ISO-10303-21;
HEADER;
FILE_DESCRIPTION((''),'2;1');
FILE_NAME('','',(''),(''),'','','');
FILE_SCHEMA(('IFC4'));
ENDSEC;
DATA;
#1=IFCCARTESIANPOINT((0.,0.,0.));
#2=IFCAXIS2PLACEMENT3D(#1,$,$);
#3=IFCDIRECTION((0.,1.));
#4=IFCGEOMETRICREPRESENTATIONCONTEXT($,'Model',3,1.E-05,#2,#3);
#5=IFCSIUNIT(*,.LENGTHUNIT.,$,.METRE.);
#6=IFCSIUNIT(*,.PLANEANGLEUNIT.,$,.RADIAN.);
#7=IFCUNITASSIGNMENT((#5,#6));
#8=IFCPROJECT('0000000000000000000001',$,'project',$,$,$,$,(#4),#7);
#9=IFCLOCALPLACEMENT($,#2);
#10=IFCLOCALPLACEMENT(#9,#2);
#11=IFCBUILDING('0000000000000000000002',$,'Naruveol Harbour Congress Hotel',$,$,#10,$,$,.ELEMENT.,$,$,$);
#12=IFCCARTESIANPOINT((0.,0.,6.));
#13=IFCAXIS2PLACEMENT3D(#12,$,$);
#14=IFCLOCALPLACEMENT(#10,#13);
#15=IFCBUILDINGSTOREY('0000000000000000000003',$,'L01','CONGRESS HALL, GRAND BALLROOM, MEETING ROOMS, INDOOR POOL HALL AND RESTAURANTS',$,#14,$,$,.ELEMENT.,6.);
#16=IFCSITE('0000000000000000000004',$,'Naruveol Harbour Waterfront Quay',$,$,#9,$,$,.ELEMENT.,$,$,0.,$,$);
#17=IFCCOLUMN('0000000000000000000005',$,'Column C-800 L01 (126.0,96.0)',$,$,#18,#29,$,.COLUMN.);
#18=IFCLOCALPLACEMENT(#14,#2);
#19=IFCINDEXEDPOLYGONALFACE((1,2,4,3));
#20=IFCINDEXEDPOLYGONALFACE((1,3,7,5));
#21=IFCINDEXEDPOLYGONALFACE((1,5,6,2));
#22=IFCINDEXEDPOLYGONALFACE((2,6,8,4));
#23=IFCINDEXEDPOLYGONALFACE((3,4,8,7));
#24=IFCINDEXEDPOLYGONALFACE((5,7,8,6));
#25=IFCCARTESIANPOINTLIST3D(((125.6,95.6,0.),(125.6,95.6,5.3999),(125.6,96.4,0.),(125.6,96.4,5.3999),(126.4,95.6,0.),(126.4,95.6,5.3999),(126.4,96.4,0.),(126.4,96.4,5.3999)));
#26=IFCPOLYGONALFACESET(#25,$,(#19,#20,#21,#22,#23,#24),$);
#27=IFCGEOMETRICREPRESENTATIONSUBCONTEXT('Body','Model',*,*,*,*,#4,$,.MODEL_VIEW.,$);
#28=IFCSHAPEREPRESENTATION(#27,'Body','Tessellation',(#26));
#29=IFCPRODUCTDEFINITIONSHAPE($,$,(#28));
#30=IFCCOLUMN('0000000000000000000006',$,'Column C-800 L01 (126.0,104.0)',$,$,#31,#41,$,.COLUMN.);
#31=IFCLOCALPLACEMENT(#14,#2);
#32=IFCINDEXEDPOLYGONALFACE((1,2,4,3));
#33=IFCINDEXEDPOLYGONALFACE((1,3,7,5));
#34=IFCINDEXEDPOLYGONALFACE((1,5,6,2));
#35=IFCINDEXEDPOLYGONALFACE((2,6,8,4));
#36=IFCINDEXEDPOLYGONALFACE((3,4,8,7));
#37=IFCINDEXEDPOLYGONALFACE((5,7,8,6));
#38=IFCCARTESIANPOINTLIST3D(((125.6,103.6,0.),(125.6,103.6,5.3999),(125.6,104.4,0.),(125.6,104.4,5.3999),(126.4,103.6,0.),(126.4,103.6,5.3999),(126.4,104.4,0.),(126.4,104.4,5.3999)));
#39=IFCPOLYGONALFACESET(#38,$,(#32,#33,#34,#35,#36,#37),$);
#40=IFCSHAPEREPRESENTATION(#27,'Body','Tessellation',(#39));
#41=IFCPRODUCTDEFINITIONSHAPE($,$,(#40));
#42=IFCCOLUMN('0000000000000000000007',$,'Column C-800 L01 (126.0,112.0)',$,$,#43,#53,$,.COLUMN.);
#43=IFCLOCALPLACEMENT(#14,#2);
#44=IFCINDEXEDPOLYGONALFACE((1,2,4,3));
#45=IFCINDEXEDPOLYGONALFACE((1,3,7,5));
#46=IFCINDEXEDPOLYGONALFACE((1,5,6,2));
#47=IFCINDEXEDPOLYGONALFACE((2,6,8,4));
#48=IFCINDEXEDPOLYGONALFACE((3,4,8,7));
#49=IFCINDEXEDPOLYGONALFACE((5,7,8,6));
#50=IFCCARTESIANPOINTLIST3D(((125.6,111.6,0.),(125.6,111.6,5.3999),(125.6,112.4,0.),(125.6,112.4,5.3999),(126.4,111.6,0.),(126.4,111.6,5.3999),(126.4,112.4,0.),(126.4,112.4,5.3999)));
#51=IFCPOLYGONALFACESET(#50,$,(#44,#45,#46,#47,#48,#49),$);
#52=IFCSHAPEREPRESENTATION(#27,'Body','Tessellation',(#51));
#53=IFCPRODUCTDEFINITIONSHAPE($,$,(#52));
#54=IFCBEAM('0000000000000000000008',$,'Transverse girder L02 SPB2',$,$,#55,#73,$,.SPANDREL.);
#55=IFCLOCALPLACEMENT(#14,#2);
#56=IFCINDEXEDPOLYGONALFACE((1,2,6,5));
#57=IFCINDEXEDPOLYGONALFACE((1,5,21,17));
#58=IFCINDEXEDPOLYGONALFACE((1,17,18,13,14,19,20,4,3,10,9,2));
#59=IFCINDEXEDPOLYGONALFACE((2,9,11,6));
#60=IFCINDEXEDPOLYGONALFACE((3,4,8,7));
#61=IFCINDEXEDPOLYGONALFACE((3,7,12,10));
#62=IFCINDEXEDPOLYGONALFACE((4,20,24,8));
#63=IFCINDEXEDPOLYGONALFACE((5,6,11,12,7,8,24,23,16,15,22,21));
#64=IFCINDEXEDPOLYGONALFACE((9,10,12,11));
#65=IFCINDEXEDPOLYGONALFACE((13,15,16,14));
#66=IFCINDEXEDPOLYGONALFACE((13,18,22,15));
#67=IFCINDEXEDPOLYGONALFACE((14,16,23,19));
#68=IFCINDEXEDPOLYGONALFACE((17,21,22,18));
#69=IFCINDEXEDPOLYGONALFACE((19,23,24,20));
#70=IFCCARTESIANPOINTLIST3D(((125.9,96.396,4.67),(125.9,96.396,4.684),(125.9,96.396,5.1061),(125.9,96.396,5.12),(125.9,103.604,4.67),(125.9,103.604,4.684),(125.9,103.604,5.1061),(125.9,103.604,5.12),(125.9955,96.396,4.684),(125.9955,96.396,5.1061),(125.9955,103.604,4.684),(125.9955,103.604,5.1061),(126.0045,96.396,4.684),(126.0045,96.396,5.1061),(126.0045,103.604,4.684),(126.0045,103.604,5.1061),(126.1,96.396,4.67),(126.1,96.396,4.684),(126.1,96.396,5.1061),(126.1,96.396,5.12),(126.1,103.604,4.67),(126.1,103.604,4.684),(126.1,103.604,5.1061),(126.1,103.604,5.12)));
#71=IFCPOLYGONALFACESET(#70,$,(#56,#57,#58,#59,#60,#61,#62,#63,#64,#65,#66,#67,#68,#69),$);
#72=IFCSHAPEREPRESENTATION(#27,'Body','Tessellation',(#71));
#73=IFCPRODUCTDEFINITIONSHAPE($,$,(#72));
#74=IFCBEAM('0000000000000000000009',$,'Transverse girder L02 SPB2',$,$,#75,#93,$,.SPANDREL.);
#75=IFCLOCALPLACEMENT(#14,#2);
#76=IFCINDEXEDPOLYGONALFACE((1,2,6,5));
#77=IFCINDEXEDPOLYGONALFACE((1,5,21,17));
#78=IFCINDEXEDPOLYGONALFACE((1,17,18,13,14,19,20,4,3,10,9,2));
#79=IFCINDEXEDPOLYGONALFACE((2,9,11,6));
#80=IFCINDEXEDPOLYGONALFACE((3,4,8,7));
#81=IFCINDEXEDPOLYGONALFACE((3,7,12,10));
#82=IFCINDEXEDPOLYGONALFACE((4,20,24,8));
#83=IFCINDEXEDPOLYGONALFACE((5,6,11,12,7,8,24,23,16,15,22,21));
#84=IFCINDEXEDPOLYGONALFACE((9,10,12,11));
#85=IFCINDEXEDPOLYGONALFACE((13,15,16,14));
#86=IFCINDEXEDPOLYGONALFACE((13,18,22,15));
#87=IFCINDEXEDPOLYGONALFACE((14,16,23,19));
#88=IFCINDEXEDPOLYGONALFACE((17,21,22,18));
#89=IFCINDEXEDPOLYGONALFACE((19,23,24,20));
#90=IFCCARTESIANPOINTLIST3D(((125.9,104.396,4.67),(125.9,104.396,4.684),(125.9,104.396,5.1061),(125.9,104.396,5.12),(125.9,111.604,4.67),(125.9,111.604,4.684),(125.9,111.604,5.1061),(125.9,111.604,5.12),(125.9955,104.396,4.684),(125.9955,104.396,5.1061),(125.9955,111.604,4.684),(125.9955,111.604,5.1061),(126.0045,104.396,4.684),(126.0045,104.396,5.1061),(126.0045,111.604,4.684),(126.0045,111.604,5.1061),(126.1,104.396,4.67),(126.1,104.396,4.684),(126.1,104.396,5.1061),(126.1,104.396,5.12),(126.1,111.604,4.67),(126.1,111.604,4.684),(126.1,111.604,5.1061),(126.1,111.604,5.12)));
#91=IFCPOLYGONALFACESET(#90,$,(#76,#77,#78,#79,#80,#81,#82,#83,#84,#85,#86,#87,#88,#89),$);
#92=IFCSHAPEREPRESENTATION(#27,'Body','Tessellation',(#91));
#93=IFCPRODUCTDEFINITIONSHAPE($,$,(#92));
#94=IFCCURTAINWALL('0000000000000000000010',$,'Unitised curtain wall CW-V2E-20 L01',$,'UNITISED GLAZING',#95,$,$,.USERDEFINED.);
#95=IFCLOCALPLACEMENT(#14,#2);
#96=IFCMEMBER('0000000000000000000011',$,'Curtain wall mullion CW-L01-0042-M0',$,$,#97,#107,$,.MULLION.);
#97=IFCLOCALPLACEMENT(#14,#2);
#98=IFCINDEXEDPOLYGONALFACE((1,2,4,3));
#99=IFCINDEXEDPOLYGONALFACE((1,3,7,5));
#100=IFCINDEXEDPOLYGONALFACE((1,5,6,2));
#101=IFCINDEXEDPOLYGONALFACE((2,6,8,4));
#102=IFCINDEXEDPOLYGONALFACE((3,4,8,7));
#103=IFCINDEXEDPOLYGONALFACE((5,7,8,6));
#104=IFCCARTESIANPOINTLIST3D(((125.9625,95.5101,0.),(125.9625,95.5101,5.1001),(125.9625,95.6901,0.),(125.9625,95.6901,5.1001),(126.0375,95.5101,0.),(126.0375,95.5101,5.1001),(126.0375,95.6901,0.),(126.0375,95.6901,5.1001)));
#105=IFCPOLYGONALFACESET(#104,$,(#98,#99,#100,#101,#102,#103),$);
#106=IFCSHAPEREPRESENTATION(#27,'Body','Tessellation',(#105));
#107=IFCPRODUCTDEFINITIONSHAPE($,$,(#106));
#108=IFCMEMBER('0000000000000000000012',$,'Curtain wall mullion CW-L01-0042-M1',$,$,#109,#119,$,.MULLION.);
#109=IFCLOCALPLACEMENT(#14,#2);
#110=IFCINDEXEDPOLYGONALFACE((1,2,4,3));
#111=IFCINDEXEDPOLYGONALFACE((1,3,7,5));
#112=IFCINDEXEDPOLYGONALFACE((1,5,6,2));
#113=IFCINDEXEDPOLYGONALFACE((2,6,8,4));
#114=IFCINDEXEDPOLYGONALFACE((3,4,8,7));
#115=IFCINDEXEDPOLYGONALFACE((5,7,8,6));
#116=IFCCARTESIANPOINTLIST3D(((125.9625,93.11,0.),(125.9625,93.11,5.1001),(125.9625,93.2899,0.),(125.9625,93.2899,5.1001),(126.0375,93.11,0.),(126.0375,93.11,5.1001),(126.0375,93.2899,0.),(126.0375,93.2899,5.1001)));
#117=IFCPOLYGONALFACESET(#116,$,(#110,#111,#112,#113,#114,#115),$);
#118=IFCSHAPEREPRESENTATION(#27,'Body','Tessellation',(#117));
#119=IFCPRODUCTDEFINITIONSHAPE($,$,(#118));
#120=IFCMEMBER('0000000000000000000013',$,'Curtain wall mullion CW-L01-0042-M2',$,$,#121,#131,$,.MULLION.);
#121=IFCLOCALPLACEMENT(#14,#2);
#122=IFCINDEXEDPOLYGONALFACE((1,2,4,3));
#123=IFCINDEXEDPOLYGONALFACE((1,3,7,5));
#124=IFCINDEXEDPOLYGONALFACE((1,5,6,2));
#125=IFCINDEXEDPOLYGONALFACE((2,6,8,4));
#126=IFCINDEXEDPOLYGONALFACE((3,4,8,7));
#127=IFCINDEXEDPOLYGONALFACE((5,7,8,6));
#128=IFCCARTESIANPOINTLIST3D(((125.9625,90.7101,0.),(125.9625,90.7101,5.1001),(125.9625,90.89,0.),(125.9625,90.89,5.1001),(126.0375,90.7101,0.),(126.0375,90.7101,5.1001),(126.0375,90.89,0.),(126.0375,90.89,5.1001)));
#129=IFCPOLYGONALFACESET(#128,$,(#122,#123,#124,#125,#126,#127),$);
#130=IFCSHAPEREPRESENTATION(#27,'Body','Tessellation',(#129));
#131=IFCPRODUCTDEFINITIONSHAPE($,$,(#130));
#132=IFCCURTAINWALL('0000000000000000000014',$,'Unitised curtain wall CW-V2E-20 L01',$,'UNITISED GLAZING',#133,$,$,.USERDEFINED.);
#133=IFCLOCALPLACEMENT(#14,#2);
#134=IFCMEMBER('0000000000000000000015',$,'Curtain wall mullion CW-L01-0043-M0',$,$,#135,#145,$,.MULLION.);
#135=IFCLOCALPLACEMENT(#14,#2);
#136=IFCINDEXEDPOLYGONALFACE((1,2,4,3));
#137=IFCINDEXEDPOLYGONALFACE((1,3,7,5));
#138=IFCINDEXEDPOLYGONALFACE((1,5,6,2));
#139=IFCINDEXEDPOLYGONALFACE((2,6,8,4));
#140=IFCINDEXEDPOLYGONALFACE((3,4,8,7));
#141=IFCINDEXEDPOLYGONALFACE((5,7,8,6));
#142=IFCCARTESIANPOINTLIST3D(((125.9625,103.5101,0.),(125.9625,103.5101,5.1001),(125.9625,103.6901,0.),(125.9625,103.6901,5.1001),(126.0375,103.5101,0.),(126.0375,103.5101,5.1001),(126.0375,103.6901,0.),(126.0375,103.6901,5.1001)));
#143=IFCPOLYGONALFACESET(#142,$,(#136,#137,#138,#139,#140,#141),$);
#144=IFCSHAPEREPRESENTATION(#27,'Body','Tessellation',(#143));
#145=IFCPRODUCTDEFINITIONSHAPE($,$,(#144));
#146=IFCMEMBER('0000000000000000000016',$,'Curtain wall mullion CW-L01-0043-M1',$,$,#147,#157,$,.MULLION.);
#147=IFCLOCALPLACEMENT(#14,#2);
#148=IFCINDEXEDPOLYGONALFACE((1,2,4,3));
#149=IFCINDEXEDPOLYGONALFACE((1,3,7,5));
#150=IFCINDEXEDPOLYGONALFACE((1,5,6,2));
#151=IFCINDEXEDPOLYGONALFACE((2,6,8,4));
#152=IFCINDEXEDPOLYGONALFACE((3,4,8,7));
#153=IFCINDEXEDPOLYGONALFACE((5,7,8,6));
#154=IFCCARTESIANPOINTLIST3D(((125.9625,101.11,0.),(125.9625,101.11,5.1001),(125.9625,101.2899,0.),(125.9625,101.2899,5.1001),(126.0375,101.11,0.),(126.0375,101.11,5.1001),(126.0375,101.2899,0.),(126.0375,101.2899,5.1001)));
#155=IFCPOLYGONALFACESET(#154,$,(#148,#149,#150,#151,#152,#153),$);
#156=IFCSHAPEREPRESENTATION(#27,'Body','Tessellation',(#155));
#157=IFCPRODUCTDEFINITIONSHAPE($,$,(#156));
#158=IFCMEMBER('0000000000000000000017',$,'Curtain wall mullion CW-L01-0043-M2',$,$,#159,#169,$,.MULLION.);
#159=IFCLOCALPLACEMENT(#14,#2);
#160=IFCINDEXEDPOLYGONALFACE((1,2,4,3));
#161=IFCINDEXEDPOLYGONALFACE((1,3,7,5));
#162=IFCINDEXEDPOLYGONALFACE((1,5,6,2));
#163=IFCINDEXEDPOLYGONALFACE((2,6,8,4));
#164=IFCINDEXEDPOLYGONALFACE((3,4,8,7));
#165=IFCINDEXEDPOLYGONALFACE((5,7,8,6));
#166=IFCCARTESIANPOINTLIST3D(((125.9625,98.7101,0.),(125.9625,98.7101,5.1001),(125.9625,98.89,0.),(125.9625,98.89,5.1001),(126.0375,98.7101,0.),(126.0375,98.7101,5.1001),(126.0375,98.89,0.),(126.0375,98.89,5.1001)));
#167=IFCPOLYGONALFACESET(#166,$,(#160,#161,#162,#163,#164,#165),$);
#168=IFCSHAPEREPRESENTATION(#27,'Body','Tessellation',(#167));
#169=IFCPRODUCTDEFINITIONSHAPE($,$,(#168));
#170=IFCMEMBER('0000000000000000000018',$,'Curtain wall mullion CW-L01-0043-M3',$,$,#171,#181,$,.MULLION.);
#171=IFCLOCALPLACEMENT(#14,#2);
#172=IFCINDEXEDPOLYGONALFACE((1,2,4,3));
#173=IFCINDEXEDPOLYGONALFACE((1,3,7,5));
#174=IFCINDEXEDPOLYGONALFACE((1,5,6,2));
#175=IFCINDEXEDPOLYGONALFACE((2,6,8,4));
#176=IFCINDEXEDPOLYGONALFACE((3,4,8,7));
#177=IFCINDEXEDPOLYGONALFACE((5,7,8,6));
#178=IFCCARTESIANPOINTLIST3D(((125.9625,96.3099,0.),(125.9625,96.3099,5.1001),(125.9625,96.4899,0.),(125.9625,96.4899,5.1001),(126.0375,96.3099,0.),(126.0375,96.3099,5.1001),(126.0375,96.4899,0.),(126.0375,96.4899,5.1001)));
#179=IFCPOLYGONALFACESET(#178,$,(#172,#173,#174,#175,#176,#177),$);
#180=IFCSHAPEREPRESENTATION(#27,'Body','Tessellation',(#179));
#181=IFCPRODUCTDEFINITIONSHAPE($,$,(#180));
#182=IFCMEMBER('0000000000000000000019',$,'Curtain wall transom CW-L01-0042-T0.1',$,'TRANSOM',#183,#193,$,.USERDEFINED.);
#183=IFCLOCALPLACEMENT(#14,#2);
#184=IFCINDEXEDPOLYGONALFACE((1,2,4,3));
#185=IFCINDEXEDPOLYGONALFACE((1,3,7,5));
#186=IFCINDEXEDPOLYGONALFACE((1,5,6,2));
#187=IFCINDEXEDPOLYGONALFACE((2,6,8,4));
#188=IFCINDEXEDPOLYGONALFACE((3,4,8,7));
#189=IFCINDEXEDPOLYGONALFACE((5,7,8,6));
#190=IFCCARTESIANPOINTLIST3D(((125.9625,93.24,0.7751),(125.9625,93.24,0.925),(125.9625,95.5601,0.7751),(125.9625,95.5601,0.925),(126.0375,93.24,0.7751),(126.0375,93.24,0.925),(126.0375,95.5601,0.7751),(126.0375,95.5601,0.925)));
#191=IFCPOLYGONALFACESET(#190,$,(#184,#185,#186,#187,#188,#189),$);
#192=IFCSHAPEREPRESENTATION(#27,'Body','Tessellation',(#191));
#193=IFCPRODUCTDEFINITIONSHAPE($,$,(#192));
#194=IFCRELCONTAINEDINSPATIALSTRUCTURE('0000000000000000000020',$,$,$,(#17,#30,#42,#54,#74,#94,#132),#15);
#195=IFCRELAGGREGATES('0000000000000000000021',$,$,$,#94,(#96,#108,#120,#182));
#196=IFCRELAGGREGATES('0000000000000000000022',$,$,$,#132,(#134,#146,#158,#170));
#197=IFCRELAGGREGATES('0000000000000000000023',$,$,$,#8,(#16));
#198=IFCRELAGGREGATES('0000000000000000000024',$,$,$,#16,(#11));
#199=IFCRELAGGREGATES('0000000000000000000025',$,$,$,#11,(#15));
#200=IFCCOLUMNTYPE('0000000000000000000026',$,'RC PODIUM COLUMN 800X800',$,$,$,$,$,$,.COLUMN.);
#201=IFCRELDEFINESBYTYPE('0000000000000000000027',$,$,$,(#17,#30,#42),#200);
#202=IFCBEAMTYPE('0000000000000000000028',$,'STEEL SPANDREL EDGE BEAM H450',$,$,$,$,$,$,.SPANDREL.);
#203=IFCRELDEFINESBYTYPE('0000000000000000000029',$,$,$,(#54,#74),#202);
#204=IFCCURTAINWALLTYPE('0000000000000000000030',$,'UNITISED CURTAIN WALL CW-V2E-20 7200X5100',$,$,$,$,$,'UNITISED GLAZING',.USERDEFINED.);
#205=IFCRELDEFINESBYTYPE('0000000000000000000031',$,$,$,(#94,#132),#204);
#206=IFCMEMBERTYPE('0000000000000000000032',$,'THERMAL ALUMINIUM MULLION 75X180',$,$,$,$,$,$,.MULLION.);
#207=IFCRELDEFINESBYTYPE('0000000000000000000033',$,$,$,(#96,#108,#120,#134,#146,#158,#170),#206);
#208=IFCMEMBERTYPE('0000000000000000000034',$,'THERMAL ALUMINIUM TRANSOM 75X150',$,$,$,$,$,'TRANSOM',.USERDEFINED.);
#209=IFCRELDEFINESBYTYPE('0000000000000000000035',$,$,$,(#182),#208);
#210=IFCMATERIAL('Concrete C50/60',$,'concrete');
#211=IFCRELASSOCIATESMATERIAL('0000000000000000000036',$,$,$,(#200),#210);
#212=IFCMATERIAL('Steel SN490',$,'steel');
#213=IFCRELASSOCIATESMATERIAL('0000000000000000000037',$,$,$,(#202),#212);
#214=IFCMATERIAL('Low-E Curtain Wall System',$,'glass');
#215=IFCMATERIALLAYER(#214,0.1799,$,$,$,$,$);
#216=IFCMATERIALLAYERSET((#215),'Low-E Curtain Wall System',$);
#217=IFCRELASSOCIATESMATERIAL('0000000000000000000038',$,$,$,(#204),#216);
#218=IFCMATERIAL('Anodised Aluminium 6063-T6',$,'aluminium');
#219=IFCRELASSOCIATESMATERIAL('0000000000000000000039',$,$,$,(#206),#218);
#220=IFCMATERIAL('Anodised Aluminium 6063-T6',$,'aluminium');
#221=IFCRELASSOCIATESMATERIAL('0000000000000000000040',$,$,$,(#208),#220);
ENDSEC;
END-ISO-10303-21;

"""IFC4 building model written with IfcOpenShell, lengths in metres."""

from ifc_helpers import new_model, si_unit, direction, frame, origin, origin_2d, place, context, subcontext, project, spatial, rectangle, i_section, extrude, material, layer, layer_set, material_profile, profile_set, type_object, element, aggregate, save


model = new_model("IFC4")

# Units and contexts
model_context = context("Model", 3, precision=1e-05, world=origin(), true_north=direction((0.0, 1.0)))
body_context = subcontext(model_context, "Body", "Model", "MODEL_VIEW")
ifc_project = project(units=[si_unit("LENGTHUNIT", "METRE"), si_unit("PLANEANGLEUNIT", "RADIAN")], contexts=[model_context])

# Site, building, storey
site_placement = place(None, origin())
site = spatial("IfcSite", under=ifc_project, at=site_placement, Name="Naruveol Harbour Waterfront Quay", CompositionType="ELEMENT", RefElevation=0.0)
building_placement = place(site_placement, origin())
building = spatial("IfcBuilding", under=site, at=building_placement, Name="Naruveol Harbour Congress Hotel", CompositionType="ELEMENT")
storey_placement = place(building_placement, frame((0.0, 0.0, 6.0)))
storey = spatial("IfcBuildingStorey", under=building, at=storey_placement, Name="L01", Description="CONGRESS HALL, GRAND BALLROOM, MEETING ROOMS, INDOOR POOL HALL AND RESTAURANTS", CompositionType="ELEMENT", Elevation=6.0)

# Columns
ifc_material_1 = material(Name="Concrete C50/60", Category="concrete")
ifc_material_profile_1 = material_profile(ifc_material_1, rectangle(XDim=0.8, YDim=0.8, at=origin_2d()), Name="RC-800x800")
ifc_profile_set_1 = profile_set([ifc_material_profile_1], Name="Concrete C50/60")
column_type = type_object("IfcColumnType", Name="RC PODIUM COLUMN 800X800", PredefinedType="COLUMN", material=ifc_profile_set_1)
for number, where, z_axis, x_axis, name in (
    (1, (126.0, 96.0, 0.0), (0.0, 0.0, 1.0), (1.0, 0.0, 0.0), "Column C-800 L01 (126.0,96.0)"),
    (2, (126.0, 104.0, 0.0), (0.0, 0.0, 1.0), (1.0, 0.0, 0.0), "Column C-800 L01 (126.0,104.0)"),
    (3, (126.0, 112.0, 0.0), (0.0, 0.0, 1.0), (1.0, 0.0, 0.0), "Column C-800 L01 (126.0,112.0)"),
):
    element("IfcColumn", number, at=place(storey_placement, frame(where, z_axis=z_axis, x_axis=x_axis)), inside=storey, type_object=column_type, Name=name, PredefinedType="COLUMN", context=body_context, shape_type="SweptSolid", body=[
        extrude(rectangle(XDim=0.8, YDim=0.8, at=origin_2d()), origin(), (0.0, 0.0, 1.0), 5.3999),
    ])

# Beams
ifc_material_2 = material(Name="Steel SN490", Category="steel")
ifc_material_profile_2 = material_profile(ifc_material_2, i_section(OverallWidth=0.2, OverallDepth=0.45, WebThickness=0.009, FlangeThickness=0.0139, at=origin_2d()), Name="H-450x200x9x14")
ifc_profile_set_2 = profile_set([ifc_material_profile_2], Name="Steel SN490")
beam_type = type_object("IfcBeamType", Name="STEEL SPANDREL EDGE BEAM H450", PredefinedType="SPANDREL", material=ifc_profile_set_2)
for number, where, z_axis, x_axis, name in (
    (4, (126.0, 96.396, 4.895), (0.0, 1.0, 0.0), (-1.0, 0.0, 0.0), "Transverse girder L02 SPB2"),
    (5, (126.0, 104.396, 4.895), (0.0, 1.0, 0.0), (-1.0, 0.0, 0.0), "Transverse girder L02 SPB2"),
):
    element("IfcBeam", number, at=place(storey_placement, frame(where, z_axis=z_axis, x_axis=x_axis)), inside=storey, type_object=beam_type, Name=name, PredefinedType="SPANDREL", context=body_context, shape_type="SweptSolid", body=[
        extrude(i_section(OverallWidth=0.2, OverallDepth=0.45, WebThickness=0.009, FlangeThickness=0.0139, at=origin_2d()), origin(), (0.0, 0.0, 1.0), 7.208),
    ])

# Curtain walls, members
ifc_material_3 = material(Name="Low-E Curtain Wall System", Category="glass")
ifc_layer_1 = layer(ifc_material_3, 0.1799)
ifc_layer_set_1 = layer_set([ifc_layer_1], Name="Low-E Curtain Wall System")
curtain_wall_type = type_object("IfcCurtainWallType", Name="UNITISED CURTAIN WALL CW-V2E-20 7200X5100", ElementType="UNITISED GLAZING", PredefinedType="USERDEFINED", material=ifc_layer_set_1)
curtain_wall_1_placement = place(storey_placement, origin())
curtain_wall_1 = element("IfcCurtainWall", 6, at=curtain_wall_1_placement, inside=storey, type_object=curtain_wall_type, Name="Unitised curtain wall CW-V2E-20 L01", ObjectType="UNITISED GLAZING", PredefinedType="USERDEFINED")
ifc_material_4 = material(Name="Anodised Aluminium 6063-T6", Category="aluminium")
ifc_material_profile_3 = material_profile(ifc_material_4, rectangle(XDim=0.075, YDim=0.1799, at=origin_2d()), Name="ALU-75x180")
ifc_profile_set_3 = profile_set([ifc_material_profile_3], Name="Anodised Aluminium 6063-T6")
member_type_1 = type_object("IfcMemberType", Name="THERMAL ALUMINIUM MULLION 75X180", PredefinedType="MULLION", material=ifc_profile_set_3)
member_1_placement = place(storey_placement, frame((126.0, 95.6001, 0.0), z_axis=(0.0, 0.0, 1.0), x_axis=(1.0, 0.0, 0.0)))
member_1 = element("IfcMember", 7, at=member_1_placement, type_object=member_type_1, Name="Curtain wall mullion CW-L01-0042-M0", PredefinedType="MULLION", context=body_context, shape_type="SweptSolid", body=[
    extrude(rectangle(XDim=0.075, YDim=0.1799, at=origin_2d()), origin(), (0.0, 0.0, 1.0), 5.1001),
])
member_2_placement = place(storey_placement, frame((126.0, 93.2, 0.0), z_axis=(0.0, 0.0, 1.0), x_axis=(1.0, 0.0, 0.0)))
member_2 = element("IfcMember", 8, at=member_2_placement, type_object=member_type_1, Name="Curtain wall mullion CW-L01-0042-M1", PredefinedType="MULLION", context=body_context, shape_type="SweptSolid", body=[
    extrude(rectangle(XDim=0.075, YDim=0.1799, at=origin_2d()), origin(), (0.0, 0.0, 1.0), 5.1001),
])
member_3_placement = place(storey_placement, frame((126.0, 90.8, 0.0), z_axis=(0.0, 0.0, 1.0), x_axis=(1.0, 0.0, 0.0)))
member_3 = element("IfcMember", 9, at=member_3_placement, type_object=member_type_1, Name="Curtain wall mullion CW-L01-0042-M2", PredefinedType="MULLION", context=body_context, shape_type="SweptSolid", body=[
    extrude(rectangle(XDim=0.075, YDim=0.1799, at=origin_2d()), origin(), (0.0, 0.0, 1.0), 5.1001),
])
curtain_wall_2_placement = place(storey_placement, origin())
curtain_wall_2 = element("IfcCurtainWall", 10, at=curtain_wall_2_placement, inside=storey, type_object=curtain_wall_type, Name="Unitised curtain wall CW-V2E-20 L01", ObjectType="UNITISED GLAZING", PredefinedType="USERDEFINED")
member_4_placement = place(storey_placement, frame((126.0, 103.6001, 0.0), z_axis=(0.0, 0.0, 1.0), x_axis=(1.0, 0.0, 0.0)))
member_4 = element("IfcMember", 11, at=member_4_placement, type_object=member_type_1, Name="Curtain wall mullion CW-L01-0043-M0", PredefinedType="MULLION", context=body_context, shape_type="SweptSolid", body=[
    extrude(rectangle(XDim=0.075, YDim=0.1799, at=origin_2d()), origin(), (0.0, 0.0, 1.0), 5.1001),
])
member_5_placement = place(storey_placement, frame((126.0, 101.2, 0.0), z_axis=(0.0, 0.0, 1.0), x_axis=(1.0, 0.0, 0.0)))
member_5 = element("IfcMember", 12, at=member_5_placement, type_object=member_type_1, Name="Curtain wall mullion CW-L01-0043-M1", PredefinedType="MULLION", context=body_context, shape_type="SweptSolid", body=[
    extrude(rectangle(XDim=0.075, YDim=0.1799, at=origin_2d()), origin(), (0.0, 0.0, 1.0), 5.1001),
])
member_6_placement = place(storey_placement, frame((126.0, 98.8, 0.0), z_axis=(0.0, 0.0, 1.0), x_axis=(1.0, 0.0, 0.0)))
member_6 = element("IfcMember", 13, at=member_6_placement, type_object=member_type_1, Name="Curtain wall mullion CW-L01-0043-M2", PredefinedType="MULLION", context=body_context, shape_type="SweptSolid", body=[
    extrude(rectangle(XDim=0.075, YDim=0.1799, at=origin_2d()), origin(), (0.0, 0.0, 1.0), 5.1001),
])
member_7_placement = place(storey_placement, frame((126.0, 96.3999, 0.0), z_axis=(0.0, 0.0, 1.0), x_axis=(1.0, 0.0, 0.0)))
member_7 = element("IfcMember", 14, at=member_7_placement, type_object=member_type_1, Name="Curtain wall mullion CW-L01-0043-M3", PredefinedType="MULLION", context=body_context, shape_type="SweptSolid", body=[
    extrude(rectangle(XDim=0.075, YDim=0.1799, at=origin_2d()), origin(), (0.0, 0.0, 1.0), 5.1001),
])

# Member
ifc_material_5 = material(Name="Anodised Aluminium 6063-T6", Category="aluminium")
ifc_material_profile_4 = material_profile(ifc_material_5, rectangle(XDim=0.075, YDim=0.1499, at=origin_2d()), Name="ALU-75x150")
ifc_profile_set_4 = profile_set([ifc_material_profile_4], Name="Anodised Aluminium 6063-T6")
member_type_2 = type_object("IfcMemberType", Name="THERMAL ALUMINIUM TRANSOM 75X150", ElementType="TRANSOM", PredefinedType="USERDEFINED", material=ifc_profile_set_4)
member_8_placement = place(storey_placement, frame((126.0, 95.5601, 0.8501), z_axis=(0.0, -1.0, 0.0), x_axis=(1.0, 0.0, 0.0)))
member_8 = element("IfcMember", 15, at=member_8_placement, type_object=member_type_2, Name="Curtain wall transom CW-L01-0042-T0.1", ObjectType="TRANSOM", PredefinedType="USERDEFINED", context=body_context, shape_type="SweptSolid", body=[
    extrude(rectangle(XDim=0.075, YDim=0.1499, at=origin_2d()), origin(), (0.0, 0.0, 1.0), 2.3201),
])

aggregate(curtain_wall_1, [member_1, member_2, member_3, member_8])
aggregate(curtain_wall_2, [member_4, member_5, member_6, member_7])

save(model, "model.ifc")
